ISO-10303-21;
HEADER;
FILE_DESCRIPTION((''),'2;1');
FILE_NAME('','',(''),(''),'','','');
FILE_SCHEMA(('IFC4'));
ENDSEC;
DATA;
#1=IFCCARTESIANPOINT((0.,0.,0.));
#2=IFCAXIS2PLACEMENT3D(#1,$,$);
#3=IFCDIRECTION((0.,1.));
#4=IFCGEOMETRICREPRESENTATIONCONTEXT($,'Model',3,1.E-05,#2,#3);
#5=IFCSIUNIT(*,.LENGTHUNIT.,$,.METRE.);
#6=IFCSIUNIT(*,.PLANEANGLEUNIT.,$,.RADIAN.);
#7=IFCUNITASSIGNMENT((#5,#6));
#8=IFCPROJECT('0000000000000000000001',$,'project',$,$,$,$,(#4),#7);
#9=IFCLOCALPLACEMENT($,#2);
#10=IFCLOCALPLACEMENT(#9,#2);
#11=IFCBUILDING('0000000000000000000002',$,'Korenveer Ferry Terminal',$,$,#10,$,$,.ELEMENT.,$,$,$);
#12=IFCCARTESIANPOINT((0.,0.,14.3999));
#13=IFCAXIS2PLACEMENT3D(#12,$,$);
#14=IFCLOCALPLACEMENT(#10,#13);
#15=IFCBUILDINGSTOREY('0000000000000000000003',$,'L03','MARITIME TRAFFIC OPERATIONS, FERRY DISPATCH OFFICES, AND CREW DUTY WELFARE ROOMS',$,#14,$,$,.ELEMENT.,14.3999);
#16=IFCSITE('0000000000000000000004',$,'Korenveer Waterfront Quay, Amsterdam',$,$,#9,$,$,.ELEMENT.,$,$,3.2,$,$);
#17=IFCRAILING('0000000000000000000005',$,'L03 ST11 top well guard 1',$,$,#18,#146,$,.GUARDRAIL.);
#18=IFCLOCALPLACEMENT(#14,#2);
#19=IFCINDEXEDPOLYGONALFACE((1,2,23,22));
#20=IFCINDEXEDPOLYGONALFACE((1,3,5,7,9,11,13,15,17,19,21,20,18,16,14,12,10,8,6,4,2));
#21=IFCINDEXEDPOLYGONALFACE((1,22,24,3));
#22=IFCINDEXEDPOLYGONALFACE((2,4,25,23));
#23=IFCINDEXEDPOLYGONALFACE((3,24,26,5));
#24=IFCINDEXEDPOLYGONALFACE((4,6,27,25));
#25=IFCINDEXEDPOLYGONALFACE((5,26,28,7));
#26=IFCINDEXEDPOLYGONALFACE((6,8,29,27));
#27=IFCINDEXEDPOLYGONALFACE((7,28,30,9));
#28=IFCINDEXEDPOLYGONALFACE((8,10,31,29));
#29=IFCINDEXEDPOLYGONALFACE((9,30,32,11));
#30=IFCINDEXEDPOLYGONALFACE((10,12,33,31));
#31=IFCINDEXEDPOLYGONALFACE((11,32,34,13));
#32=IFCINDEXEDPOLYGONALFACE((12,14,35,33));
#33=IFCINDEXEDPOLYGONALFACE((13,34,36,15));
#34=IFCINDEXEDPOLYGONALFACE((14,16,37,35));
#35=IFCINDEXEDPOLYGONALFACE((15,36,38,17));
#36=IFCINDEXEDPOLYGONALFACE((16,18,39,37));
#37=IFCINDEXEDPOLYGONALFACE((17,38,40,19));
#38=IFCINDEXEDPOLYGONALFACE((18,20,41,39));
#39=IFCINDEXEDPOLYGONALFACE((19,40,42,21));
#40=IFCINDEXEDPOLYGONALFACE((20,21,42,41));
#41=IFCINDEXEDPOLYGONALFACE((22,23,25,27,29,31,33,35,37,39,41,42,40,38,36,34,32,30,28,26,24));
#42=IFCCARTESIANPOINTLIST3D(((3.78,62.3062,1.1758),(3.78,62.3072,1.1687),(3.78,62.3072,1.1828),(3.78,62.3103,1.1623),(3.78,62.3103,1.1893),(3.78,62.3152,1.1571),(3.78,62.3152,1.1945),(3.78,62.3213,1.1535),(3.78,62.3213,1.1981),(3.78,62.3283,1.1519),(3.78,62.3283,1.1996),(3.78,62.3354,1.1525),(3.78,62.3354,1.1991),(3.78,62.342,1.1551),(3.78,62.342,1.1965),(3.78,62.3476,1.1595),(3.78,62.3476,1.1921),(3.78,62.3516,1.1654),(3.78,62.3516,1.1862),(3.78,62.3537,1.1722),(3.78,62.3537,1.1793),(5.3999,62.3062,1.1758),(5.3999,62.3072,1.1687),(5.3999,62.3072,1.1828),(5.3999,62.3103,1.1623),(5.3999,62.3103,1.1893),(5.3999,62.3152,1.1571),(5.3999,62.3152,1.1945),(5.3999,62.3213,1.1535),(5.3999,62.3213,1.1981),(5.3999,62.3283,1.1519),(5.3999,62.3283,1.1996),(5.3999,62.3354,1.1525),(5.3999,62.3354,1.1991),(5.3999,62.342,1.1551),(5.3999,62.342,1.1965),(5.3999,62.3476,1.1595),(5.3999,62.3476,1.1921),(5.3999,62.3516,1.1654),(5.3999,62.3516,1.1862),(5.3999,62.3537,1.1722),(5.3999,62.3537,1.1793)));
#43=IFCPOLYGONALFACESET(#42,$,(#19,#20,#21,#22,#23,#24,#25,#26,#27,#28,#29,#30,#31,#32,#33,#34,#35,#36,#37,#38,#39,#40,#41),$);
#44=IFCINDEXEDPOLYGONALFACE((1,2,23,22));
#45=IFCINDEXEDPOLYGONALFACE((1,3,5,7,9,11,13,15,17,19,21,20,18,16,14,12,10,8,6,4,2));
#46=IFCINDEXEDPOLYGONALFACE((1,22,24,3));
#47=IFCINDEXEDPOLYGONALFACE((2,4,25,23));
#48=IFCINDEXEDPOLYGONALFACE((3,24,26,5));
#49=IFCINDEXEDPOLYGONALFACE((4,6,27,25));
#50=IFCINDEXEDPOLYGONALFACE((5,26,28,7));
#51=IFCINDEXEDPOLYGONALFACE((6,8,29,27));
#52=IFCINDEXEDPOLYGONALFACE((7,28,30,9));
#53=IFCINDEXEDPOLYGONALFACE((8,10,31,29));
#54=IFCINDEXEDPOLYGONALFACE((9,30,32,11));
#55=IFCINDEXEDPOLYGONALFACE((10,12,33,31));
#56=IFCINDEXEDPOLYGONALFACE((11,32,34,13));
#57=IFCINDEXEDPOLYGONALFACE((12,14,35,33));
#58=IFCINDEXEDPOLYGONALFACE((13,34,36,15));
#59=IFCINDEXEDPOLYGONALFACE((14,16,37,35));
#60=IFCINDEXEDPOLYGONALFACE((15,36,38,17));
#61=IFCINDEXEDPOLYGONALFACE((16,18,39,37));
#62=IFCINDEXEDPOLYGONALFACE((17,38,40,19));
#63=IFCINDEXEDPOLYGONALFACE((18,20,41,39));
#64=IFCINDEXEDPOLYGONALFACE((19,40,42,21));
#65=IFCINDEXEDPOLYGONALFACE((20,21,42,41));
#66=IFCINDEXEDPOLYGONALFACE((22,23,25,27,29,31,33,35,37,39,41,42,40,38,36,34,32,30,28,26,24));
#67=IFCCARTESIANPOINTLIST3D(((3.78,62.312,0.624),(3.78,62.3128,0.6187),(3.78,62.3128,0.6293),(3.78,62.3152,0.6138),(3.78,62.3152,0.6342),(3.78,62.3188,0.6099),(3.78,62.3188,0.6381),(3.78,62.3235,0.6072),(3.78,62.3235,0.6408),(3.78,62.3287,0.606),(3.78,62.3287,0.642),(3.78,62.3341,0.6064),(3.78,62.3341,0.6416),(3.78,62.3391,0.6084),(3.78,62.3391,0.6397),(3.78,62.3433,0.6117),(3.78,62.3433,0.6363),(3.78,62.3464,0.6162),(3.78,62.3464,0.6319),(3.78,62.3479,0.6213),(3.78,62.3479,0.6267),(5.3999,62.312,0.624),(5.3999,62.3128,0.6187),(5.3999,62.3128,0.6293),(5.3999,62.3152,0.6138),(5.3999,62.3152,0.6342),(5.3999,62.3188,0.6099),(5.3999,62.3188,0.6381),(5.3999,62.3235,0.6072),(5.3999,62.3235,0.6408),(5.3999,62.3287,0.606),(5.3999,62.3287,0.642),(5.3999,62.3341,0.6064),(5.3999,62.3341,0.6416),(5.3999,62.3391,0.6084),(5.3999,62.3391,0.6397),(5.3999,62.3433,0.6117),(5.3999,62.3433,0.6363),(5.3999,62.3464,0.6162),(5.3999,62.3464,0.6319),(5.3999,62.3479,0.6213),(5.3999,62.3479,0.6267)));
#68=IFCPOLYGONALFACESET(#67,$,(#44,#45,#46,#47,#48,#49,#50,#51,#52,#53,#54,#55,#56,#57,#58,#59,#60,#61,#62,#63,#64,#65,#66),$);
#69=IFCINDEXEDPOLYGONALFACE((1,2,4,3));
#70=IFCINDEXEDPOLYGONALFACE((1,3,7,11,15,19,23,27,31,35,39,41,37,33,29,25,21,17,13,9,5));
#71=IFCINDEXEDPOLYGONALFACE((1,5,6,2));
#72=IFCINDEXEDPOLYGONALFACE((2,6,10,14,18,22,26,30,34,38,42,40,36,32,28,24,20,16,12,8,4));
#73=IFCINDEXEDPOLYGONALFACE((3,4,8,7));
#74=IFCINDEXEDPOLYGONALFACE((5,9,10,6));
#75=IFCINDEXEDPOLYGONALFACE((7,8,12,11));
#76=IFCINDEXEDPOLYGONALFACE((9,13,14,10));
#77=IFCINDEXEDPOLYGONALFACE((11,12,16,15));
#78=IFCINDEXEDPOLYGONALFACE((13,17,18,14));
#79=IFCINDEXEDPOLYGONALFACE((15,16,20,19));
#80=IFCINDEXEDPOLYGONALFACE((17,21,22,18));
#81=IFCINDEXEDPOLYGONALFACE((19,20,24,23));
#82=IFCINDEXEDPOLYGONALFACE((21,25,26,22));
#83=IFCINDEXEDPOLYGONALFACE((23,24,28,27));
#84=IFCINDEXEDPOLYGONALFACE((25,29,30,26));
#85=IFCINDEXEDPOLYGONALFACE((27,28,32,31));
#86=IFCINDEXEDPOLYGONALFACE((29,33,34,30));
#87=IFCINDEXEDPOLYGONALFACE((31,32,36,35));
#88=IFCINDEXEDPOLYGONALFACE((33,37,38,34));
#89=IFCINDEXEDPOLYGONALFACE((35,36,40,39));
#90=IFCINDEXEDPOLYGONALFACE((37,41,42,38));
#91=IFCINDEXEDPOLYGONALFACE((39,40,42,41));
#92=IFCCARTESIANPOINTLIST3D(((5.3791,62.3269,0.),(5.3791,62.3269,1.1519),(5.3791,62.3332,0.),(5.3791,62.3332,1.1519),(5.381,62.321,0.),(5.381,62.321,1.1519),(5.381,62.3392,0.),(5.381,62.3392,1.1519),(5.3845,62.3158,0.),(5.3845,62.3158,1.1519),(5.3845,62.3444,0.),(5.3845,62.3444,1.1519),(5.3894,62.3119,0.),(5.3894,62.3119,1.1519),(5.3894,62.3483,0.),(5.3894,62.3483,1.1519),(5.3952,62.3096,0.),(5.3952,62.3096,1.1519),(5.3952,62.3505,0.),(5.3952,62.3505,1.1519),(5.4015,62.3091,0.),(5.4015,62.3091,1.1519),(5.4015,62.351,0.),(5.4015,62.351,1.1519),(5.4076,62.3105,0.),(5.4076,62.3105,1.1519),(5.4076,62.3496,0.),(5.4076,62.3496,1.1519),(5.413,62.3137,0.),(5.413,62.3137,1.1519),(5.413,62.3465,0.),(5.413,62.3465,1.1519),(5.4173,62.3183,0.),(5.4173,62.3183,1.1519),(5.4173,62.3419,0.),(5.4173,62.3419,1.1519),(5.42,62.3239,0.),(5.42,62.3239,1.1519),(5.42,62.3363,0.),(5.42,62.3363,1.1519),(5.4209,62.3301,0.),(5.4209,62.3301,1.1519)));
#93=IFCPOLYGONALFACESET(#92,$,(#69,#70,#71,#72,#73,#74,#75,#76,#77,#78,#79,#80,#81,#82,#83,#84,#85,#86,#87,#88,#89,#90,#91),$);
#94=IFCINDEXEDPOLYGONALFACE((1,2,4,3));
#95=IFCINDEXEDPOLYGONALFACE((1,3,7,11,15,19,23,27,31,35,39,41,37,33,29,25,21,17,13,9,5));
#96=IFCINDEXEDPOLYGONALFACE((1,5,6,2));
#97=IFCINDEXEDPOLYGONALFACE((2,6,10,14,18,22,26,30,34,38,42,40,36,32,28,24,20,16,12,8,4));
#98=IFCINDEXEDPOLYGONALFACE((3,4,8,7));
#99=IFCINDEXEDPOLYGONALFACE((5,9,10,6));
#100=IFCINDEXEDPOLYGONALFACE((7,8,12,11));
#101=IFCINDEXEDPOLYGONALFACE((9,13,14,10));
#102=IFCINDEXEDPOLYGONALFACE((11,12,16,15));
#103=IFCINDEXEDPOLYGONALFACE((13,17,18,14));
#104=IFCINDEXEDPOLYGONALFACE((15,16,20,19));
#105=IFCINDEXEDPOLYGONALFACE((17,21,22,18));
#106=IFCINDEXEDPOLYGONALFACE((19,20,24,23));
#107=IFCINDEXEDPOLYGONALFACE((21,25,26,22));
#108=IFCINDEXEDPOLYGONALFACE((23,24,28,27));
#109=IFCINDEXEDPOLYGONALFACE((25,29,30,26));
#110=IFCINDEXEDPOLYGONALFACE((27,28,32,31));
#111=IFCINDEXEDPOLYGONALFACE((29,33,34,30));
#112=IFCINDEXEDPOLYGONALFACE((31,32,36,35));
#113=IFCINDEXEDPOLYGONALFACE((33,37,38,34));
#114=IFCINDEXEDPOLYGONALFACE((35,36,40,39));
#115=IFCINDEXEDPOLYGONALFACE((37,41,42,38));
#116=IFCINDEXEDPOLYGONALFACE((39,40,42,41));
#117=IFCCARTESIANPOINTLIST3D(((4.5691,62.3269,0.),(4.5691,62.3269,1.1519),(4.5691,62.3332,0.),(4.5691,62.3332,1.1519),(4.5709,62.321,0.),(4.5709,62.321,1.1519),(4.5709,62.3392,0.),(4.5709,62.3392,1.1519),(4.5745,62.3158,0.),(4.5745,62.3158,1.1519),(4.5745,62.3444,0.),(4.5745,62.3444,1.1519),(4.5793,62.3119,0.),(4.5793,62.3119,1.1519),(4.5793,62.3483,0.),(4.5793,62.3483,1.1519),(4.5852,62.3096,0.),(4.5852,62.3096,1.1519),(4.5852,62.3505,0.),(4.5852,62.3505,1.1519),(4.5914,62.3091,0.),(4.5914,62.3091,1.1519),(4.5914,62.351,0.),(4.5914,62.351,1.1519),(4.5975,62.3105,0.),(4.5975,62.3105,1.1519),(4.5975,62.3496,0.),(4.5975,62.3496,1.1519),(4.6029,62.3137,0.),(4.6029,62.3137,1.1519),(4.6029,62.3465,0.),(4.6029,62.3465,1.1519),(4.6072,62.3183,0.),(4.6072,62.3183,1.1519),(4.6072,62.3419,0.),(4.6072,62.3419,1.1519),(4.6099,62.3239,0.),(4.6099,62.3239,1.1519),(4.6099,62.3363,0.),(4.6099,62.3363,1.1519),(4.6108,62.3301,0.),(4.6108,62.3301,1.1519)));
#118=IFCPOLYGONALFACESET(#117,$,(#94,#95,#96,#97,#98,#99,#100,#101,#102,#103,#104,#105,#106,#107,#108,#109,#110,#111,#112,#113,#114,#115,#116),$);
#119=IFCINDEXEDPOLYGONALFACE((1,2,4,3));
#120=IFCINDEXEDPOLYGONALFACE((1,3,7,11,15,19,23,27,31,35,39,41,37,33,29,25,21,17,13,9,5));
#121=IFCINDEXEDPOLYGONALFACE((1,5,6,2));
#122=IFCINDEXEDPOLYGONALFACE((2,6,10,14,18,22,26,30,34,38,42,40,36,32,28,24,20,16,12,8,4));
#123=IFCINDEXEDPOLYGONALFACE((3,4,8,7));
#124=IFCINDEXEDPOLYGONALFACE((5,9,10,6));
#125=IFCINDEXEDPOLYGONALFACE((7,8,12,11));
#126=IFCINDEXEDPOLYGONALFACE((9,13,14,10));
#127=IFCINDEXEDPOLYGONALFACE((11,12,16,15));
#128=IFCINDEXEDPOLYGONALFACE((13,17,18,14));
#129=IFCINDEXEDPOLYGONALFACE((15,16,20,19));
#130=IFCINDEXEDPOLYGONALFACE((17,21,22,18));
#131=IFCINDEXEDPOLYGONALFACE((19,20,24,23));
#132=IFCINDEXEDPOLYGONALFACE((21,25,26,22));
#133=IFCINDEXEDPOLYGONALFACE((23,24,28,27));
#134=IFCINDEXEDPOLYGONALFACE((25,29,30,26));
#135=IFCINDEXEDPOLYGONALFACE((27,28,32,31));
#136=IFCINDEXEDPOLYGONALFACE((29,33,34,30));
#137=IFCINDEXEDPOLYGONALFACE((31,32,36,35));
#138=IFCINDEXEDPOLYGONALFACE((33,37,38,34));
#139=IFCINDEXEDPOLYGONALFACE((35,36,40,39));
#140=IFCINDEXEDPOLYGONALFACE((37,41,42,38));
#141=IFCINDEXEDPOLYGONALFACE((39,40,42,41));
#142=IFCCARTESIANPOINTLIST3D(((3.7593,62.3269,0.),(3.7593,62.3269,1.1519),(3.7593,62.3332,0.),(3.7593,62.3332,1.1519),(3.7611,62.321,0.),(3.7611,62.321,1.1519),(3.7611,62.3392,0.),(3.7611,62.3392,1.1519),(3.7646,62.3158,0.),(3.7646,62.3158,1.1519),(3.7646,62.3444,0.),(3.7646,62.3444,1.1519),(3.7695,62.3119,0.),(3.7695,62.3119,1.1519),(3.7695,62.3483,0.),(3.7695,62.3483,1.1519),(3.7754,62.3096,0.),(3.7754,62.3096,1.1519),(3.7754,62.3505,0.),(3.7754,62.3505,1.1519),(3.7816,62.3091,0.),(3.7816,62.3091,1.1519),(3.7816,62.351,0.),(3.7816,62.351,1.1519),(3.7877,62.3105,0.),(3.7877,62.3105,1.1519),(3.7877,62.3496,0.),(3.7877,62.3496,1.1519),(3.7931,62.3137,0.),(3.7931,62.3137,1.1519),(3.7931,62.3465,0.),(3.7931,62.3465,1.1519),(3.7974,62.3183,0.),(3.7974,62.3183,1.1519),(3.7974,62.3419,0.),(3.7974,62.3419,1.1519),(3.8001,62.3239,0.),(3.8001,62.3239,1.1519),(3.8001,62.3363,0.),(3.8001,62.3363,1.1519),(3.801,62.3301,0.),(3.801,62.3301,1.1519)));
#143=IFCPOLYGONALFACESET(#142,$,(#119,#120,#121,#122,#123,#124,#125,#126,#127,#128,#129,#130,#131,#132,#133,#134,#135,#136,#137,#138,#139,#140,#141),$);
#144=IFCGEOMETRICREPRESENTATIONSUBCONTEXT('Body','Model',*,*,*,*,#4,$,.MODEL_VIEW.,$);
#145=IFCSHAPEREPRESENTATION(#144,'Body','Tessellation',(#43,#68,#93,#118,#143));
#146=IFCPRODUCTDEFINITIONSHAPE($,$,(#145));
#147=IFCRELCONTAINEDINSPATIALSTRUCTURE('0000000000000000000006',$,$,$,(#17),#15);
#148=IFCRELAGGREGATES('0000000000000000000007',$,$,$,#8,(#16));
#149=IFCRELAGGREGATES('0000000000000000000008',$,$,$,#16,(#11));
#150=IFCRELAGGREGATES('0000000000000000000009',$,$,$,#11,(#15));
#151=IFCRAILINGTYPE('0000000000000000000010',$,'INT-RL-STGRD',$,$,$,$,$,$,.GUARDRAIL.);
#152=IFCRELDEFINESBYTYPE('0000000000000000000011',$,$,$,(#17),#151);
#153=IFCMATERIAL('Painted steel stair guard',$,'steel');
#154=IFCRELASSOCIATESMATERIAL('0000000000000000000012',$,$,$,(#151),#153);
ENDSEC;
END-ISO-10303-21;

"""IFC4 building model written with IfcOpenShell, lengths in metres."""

from ifc_helpers import new_model, si_unit, direction, frame, origin, origin_2d, place, context, subcontext, project, spatial, circle, extrude, material, type_object, element, save


model = new_model("IFC4")

# Units and contexts
model_context = context("Model", 3, precision=1e-05, world=origin(), true_north=direction((0.0, 1.0)))
body_context = subcontext(model_context, "Body", "Model", "MODEL_VIEW")
ifc_project = project(units=[si_unit("LENGTHUNIT", "METRE"), si_unit("PLANEANGLEUNIT", "RADIAN")], contexts=[model_context])

# Site, building, storey
site_placement = place(None, origin())
site = spatial("IfcSite", under=ifc_project, at=site_placement, Name="Korenveer Waterfront Quay, Amsterdam", CompositionType="ELEMENT", RefElevation=3.2)
building_placement = place(site_placement, origin())
building = spatial("IfcBuilding", under=site, at=building_placement, Name="Korenveer Ferry Terminal", CompositionType="ELEMENT")
storey_placement = place(building_placement, frame((0.0, 0.0, 14.3999)))
storey = spatial("IfcBuildingStorey", under=building, at=storey_placement, Name="L03", Description="MARITIME TRAFFIC OPERATIONS, FERRY DISPATCH OFFICES, AND CREW DUTY WELFARE ROOMS", CompositionType="ELEMENT", Elevation=14.3999)

# Railing
ifc_material_1 = material(Name="Painted steel stair guard", Category="steel")
railing_type = type_object("IfcRailingType", Name="INT-RL-STGRD", PredefinedType="GUARDRAIL", material=ifc_material_1)
railing_placement = place(storey_placement, frame((5.3999, 62.3301, 0.0)))
element("IfcRailing", 1, at=railing_placement, inside=storey, type_object=railing_type, Name="L03 ST11 top well guard 1", PredefinedType="GUARDRAIL", context=body_context, shape_type="SweptSolid", body=[
    extrude(circle(Radius=0.0239, at=origin_2d()), frame((0.0, 0.0, 1.1758), z_axis=(-1.0, 0.0, 0.0), x_axis=(0.0, -1.0, 0.0)), (0.0, 0.0, 1.0), 1.6199),
    extrude(circle(Radius=0.0181, at=origin_2d()), frame((0.0, 0.0, 0.624), z_axis=(-1.0, 0.0, 0.0), x_axis=(0.0, -1.0, 0.0)), (0.0, 0.0, 1.0), 1.6199),
    extrude(circle(Radius=0.021, at=origin_2d()), origin(), (0.0, 0.0, 1.0), 1.1519),
    extrude(circle(Radius=0.021, at=origin_2d()), frame((-0.8101, 0.0, 0.0)), (0.0, 0.0, 1.0), 1.1519),
    extrude(circle(Radius=0.021, at=origin_2d()), frame((-1.6199, 0.0, 0.0)), (0.0, 0.0, 1.0), 1.1519),
])

save(model, "model.ifc")
